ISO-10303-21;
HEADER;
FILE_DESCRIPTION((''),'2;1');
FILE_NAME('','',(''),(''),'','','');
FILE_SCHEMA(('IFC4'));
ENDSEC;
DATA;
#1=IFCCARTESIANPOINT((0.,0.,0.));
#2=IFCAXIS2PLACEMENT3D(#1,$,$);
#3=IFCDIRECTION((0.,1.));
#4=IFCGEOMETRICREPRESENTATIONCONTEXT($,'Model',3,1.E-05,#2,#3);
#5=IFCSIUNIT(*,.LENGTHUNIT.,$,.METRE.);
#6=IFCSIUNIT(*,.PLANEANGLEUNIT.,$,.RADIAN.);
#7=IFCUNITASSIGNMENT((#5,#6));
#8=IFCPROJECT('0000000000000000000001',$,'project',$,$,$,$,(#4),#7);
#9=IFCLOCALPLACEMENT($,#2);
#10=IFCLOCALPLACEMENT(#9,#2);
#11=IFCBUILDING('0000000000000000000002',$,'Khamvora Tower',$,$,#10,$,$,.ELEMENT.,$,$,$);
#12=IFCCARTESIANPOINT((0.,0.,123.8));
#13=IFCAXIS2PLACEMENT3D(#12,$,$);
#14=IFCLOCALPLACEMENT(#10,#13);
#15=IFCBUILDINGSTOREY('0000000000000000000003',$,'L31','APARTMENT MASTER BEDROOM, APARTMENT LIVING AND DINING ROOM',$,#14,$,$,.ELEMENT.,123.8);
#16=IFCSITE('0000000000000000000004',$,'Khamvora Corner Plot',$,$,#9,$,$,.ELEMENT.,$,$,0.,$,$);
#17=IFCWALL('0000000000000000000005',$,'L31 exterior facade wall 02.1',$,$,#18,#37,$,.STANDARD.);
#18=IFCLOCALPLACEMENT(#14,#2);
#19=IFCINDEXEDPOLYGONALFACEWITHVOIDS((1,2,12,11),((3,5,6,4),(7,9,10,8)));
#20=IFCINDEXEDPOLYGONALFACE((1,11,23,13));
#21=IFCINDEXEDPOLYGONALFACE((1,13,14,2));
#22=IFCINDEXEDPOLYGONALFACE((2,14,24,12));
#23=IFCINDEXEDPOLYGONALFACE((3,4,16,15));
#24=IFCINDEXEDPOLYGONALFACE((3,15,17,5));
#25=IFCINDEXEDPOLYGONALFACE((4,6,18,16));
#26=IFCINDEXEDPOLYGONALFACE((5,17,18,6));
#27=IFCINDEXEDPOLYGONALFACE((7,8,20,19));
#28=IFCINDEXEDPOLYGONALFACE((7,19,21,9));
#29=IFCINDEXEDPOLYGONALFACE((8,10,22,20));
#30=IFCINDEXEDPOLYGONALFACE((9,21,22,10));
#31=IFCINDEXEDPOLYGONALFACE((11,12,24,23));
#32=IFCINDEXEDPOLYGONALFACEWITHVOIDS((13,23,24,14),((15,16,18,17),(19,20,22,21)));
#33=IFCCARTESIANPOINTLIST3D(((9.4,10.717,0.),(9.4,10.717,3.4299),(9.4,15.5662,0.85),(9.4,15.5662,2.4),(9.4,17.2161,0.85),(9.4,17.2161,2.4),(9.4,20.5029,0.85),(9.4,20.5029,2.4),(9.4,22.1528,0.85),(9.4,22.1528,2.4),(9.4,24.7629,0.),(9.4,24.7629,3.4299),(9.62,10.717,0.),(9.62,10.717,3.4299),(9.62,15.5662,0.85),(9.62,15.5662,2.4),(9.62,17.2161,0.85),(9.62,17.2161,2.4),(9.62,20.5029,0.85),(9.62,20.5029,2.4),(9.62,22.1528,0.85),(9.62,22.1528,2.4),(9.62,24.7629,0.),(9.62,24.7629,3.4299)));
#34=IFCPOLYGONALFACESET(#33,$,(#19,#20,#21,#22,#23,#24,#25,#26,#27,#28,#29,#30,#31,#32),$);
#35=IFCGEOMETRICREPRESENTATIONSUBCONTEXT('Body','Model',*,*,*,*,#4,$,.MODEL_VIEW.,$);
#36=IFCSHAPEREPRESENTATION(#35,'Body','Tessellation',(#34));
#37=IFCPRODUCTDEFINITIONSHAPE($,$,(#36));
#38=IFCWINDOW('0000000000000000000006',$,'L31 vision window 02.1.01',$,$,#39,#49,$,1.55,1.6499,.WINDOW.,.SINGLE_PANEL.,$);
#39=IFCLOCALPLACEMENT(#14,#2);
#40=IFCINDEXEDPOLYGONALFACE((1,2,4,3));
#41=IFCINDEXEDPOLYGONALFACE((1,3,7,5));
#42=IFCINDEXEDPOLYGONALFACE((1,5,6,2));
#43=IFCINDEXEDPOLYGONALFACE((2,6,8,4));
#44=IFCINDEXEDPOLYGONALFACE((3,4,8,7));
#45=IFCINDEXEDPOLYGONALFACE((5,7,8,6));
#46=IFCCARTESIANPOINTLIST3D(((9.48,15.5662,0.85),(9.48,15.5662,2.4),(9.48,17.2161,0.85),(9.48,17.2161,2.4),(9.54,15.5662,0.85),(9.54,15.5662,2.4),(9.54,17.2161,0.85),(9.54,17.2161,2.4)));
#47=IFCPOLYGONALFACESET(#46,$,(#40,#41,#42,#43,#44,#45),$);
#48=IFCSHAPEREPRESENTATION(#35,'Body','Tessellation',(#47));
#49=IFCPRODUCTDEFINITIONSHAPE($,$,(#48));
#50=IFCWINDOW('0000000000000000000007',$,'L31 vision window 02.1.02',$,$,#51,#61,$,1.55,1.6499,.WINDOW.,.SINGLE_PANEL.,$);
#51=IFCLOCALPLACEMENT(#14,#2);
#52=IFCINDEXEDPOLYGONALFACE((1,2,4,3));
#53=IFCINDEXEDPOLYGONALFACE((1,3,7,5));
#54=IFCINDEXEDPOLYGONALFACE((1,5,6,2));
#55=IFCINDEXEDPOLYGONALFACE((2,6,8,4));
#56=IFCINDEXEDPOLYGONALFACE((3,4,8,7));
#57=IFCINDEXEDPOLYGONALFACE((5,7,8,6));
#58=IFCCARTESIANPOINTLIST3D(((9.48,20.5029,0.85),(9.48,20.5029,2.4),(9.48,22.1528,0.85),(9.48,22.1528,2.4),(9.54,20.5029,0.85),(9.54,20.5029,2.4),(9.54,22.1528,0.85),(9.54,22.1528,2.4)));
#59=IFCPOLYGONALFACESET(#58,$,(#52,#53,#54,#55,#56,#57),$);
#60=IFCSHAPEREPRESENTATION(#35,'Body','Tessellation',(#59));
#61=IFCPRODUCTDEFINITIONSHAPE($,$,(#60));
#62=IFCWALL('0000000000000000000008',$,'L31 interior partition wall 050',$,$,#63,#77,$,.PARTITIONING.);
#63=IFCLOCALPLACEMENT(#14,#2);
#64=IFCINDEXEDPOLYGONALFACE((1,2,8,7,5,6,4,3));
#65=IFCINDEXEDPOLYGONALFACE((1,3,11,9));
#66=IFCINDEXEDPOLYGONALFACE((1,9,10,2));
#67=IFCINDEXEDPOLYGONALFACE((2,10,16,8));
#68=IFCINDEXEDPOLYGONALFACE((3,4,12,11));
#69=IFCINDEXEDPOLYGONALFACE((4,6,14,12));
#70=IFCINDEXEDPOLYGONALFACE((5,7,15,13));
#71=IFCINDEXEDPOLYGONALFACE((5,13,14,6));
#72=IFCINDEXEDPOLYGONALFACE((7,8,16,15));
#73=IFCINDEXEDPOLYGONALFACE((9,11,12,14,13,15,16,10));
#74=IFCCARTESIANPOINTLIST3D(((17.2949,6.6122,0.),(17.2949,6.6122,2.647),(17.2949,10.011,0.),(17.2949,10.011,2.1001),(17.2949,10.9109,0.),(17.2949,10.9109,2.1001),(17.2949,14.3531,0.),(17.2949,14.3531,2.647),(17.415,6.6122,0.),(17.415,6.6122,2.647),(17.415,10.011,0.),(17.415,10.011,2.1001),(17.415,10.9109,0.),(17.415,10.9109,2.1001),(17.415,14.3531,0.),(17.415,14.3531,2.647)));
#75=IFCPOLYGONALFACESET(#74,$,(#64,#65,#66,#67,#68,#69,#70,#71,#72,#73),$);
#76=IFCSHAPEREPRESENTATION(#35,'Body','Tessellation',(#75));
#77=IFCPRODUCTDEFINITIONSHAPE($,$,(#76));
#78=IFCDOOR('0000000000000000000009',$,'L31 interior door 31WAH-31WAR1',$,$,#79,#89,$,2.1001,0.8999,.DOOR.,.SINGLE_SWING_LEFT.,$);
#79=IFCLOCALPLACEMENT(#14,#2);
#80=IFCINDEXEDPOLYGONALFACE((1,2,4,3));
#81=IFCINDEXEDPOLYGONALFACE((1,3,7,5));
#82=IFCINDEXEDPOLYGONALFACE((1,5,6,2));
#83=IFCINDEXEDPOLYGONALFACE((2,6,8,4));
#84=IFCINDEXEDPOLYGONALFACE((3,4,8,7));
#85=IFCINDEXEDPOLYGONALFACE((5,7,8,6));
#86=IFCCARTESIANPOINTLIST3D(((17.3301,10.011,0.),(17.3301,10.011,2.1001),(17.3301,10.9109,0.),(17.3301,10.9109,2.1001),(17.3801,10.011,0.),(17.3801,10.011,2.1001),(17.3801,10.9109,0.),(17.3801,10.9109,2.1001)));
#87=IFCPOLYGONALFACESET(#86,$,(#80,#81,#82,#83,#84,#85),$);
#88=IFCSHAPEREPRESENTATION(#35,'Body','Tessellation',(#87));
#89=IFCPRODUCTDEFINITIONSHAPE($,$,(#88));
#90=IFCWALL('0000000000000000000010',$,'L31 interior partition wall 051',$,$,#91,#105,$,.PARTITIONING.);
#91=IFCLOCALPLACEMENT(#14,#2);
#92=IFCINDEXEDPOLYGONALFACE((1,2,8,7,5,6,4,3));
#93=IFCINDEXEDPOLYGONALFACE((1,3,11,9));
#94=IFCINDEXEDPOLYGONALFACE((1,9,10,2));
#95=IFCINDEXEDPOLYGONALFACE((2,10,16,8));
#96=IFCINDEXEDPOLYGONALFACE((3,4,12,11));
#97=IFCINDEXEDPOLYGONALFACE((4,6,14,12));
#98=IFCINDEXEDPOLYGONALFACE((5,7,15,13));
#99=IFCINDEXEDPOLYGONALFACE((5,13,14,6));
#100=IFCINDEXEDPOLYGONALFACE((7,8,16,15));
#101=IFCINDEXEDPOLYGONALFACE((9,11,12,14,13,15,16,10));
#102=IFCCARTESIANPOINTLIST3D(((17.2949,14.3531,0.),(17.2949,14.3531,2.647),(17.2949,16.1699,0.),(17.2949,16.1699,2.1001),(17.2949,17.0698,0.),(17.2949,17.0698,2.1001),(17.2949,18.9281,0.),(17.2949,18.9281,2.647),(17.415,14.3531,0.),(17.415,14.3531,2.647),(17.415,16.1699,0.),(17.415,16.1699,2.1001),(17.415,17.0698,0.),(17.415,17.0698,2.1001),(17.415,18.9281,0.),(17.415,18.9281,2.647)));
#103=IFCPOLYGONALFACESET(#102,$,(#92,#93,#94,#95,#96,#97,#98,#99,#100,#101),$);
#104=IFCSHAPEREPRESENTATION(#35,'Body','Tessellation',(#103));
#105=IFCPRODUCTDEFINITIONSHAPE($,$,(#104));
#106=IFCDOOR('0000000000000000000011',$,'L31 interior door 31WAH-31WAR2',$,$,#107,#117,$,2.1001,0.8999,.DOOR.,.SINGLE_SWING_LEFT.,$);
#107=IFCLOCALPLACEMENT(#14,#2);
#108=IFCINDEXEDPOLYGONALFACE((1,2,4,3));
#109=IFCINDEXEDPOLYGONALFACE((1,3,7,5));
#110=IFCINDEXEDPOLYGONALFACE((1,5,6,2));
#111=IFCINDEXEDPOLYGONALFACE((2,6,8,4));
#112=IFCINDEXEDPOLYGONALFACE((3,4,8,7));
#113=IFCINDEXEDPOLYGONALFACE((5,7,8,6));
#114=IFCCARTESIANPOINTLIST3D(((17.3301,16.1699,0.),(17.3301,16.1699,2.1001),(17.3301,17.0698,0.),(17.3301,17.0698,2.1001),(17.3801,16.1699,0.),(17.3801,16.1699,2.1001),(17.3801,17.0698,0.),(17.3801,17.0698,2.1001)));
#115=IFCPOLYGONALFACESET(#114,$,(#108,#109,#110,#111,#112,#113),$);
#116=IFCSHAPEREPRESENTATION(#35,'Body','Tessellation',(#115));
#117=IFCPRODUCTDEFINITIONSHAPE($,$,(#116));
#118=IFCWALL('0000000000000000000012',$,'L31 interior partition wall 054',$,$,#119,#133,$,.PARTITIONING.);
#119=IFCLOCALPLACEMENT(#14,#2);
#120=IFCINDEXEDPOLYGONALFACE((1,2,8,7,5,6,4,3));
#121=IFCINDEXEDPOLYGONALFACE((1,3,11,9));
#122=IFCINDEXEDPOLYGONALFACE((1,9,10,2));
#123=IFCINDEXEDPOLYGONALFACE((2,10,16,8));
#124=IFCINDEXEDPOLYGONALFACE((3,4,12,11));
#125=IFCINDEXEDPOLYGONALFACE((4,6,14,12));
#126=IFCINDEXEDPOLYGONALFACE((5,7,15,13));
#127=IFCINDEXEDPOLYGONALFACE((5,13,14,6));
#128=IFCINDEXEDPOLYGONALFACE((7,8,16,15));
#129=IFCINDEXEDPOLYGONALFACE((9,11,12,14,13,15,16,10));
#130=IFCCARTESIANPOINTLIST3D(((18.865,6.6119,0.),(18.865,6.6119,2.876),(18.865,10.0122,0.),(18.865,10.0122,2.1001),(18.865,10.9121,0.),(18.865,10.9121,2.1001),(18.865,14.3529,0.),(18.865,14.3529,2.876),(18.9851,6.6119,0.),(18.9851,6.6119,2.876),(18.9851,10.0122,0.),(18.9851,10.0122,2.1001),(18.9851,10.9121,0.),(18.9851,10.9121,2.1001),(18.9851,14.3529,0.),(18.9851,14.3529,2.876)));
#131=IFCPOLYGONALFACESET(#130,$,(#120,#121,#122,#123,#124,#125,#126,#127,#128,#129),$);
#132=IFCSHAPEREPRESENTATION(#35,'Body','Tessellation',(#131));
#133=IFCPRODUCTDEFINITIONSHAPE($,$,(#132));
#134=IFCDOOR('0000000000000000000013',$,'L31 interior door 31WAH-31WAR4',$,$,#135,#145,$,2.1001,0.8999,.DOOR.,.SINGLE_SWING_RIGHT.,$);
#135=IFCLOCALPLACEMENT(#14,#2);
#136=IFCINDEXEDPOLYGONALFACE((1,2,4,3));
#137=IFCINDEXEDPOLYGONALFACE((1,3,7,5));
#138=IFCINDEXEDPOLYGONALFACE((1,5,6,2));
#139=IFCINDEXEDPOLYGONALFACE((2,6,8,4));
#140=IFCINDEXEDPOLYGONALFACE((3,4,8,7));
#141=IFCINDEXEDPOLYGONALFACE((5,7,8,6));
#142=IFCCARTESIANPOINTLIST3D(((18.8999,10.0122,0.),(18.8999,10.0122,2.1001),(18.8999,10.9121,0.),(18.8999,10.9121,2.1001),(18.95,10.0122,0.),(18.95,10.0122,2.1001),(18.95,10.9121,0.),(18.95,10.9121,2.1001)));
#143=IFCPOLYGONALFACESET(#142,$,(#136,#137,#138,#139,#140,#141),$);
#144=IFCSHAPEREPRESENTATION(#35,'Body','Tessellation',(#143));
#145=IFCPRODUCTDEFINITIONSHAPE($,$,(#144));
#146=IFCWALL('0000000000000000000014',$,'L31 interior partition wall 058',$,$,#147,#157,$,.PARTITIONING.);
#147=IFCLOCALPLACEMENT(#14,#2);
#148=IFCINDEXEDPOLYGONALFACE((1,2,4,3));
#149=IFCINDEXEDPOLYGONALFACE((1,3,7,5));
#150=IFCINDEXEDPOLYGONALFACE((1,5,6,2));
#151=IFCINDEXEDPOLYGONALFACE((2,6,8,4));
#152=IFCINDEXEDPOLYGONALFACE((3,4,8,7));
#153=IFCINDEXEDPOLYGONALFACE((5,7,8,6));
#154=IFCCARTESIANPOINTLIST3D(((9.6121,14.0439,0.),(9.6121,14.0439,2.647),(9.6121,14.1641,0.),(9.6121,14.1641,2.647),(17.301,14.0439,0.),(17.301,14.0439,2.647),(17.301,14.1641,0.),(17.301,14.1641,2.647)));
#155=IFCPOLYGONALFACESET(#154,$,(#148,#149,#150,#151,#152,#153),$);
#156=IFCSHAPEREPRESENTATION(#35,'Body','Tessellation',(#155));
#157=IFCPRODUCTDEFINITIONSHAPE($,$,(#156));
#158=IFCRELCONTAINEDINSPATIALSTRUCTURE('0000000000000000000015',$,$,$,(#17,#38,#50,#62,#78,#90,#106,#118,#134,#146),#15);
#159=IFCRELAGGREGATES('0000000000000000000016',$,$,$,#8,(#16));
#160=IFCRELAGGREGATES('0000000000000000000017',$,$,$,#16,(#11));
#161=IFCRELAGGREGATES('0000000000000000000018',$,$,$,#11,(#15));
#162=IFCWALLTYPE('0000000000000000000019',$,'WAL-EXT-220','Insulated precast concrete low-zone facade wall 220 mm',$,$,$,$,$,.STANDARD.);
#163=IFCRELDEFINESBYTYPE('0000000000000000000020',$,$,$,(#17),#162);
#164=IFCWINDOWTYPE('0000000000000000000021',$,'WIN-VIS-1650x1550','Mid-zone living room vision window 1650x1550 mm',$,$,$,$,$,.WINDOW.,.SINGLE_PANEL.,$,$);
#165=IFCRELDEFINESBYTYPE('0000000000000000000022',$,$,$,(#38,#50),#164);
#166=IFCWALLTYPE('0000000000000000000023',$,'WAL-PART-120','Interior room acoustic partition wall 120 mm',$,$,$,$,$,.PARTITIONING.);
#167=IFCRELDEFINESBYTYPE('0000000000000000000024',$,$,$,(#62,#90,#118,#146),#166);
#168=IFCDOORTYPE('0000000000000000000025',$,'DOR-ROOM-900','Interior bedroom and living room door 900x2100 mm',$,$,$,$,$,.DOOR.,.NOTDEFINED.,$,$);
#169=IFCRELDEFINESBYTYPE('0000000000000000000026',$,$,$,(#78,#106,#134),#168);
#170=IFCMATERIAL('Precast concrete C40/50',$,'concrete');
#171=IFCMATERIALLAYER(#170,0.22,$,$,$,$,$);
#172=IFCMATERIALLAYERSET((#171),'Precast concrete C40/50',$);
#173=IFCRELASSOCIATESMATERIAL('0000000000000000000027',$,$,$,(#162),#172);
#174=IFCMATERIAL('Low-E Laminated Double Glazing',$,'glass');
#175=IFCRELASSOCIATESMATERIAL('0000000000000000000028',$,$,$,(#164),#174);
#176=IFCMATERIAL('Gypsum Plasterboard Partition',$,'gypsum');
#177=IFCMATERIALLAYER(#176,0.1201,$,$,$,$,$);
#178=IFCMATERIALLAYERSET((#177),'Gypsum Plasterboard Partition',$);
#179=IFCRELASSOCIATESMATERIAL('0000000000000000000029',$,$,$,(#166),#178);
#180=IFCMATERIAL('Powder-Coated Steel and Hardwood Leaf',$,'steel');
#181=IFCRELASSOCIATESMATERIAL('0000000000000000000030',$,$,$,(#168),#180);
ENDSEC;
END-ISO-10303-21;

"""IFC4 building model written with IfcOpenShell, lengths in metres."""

from ifc_helpers import new_model, si_unit, direction, frame, frame_2d, origin, place, context, subcontext, project, spatial, rectangle, extrude, material, layer, layer_set, type_object, element, fill, save


model = new_model("IFC4")

# Units and contexts
model_context = context("Model", 3, precision=1e-05, world=origin(), true_north=direction((0.0, 1.0)))
body_context = subcontext(model_context, "Body", "Model", "MODEL_VIEW")
ifc_project = project(units=[si_unit("LENGTHUNIT", "METRE"), si_unit("PLANEANGLEUNIT", "RADIAN")], contexts=[model_context])

# Site, building, storey
site_placement = place(None, origin())
site = spatial("IfcSite", under=ifc_project, at=site_placement, Name="Khamvora Corner Plot", CompositionType="ELEMENT", RefElevation=0.0)
building_placement = place(site_placement, origin())
building = spatial("IfcBuilding", under=site, at=building_placement, Name="Khamvora Tower", CompositionType="ELEMENT")
storey_placement = place(building_placement, frame((0.0, 0.0, 123.8)))
storey = spatial("IfcBuildingStorey", under=building, at=storey_placement, Name="L31", Description="APARTMENT MASTER BEDROOM, APARTMENT LIVING AND DINING ROOM", CompositionType="ELEMENT", Elevation=123.8)

# Shared definitions
ifc_material_1 = material(Name="Precast concrete C40/50", Category="concrete")
ifc_layer_1 = layer(ifc_material_1, 0.22)
ifc_layer_set_1 = layer_set([ifc_layer_1], Name="Precast concrete C40/50")
wall_type_1 = type_object("IfcWallType", Name="WAL-EXT-220", Description="Insulated precast concrete low-zone facade wall 220 mm", PredefinedType="STANDARD", material=ifc_layer_set_1)

# Wall, openings, windows
wall_1_placement = place(storey_placement, frame((9.51, 10.717, 0.0), z_axis=(0.0, 0.0, 1.0), x_axis=(0.0, 1.0, 0.0)))
wall_1 = element("IfcWall", 1, at=wall_1_placement, inside=storey, type_object=wall_type_1, Name="L31 exterior facade wall 02.1", PredefinedType="STANDARD", context=body_context, shape_type="SweptSolid", body=[
    extrude(rectangle(XDim=14.0459, YDim=0.22, at=frame_2d((7.0229, 0.0))), origin(), (0.0, 0.0, 1.0), 3.4299),
])
opening_1_placement = place(wall_1_placement, frame((4.8491, 0.0, 0.8501)))
opening_1 = element("IfcOpeningElement", 2, at=opening_1_placement, cuts=wall_1, PredefinedType="OPENING", context=body_context, shape_type="SweptSolid", body=[
    extrude(rectangle(XDim=1.6499, YDim=1.55, at=frame_2d((0.825, 0.7749))), frame((0.0, 0.1199, 0.0), z_axis=(0.0, -1.0, 0.0), x_axis=(1.0, 0.0, 0.0)), (0.0, 0.0, 1.0), 0.24),
])
opening_2_placement = place(wall_1_placement, frame((9.7859, 0.0, 0.8501)))
opening_2 = element("IfcOpeningElement", 3, at=opening_2_placement, cuts=wall_1, PredefinedType="OPENING", context=body_context, shape_type="SweptSolid", body=[
    extrude(rectangle(XDim=1.6499, YDim=1.55, at=frame_2d((0.825, 0.7749))), frame((0.0, 0.1199, 0.0), z_axis=(0.0, -1.0, 0.0), x_axis=(1.0, 0.0, 0.0)), (0.0, 0.0, 1.0), 0.24),
])
ifc_material_2 = material(Name="Low-E Laminated Double Glazing", Category="glass")
window_type = type_object("IfcWindowType", Name="WIN-VIS-1650x1550", Description="Mid-zone living room vision window 1650x1550 mm", PartitioningType="SINGLE_PANEL", PredefinedType="WINDOW", material=ifc_material_2)
window_1_placement = place(opening_1_placement, origin())
window_1 = element("IfcWindow", 4, at=window_1_placement, inside=storey, type_object=window_type, Name="L31 vision window 02.1.01", OverallHeight=1.55, OverallWidth=1.6499, PartitioningType="SINGLE_PANEL", PredefinedType="WINDOW", context=body_context, shape_type="SweptSolid", body=[
    extrude(rectangle(XDim=1.6499, YDim=1.55, at=frame_2d((0.825, 0.7749))), frame((0.0, 0.03, 0.0), z_axis=(0.0, -1.0, 0.0), x_axis=(1.0, 0.0, 0.0)), (0.0, 0.0, 1.0), 0.0601),
])
fill(opening_1, window_1)
window_2_placement = place(opening_2_placement, origin())
window_2 = element("IfcWindow", 5, at=window_2_placement, inside=storey, type_object=window_type, Name="L31 vision window 02.1.02", OverallHeight=1.55, OverallWidth=1.6499, PartitioningType="SINGLE_PANEL", PredefinedType="WINDOW", context=body_context, shape_type="SweptSolid", body=[
    extrude(rectangle(XDim=1.6499, YDim=1.55, at=frame_2d((0.825, 0.7749))), frame((0.0, 0.03, 0.0), z_axis=(0.0, -1.0, 0.0), x_axis=(1.0, 0.0, 0.0)), (0.0, 0.0, 1.0), 0.0601),
])
fill(opening_2, window_2)

# Walls, openings, doors
ifc_material_3 = material(Name="Gypsum Plasterboard Partition", Category="gypsum")
ifc_layer_2 = layer(ifc_material_3, 0.1201)
ifc_layer_set_2 = layer_set([ifc_layer_2], Name="Gypsum Plasterboard Partition")
wall_type_2 = type_object("IfcWallType", Name="WAL-PART-120", Description="Interior room acoustic partition wall 120 mm", PredefinedType="PARTITIONING", material=ifc_layer_set_2)
wall_2_placement = place(storey_placement, frame((17.355, 6.6121, 0.0), z_axis=(0.0, 0.0, 1.0), x_axis=(0.0, 1.0, 0.0)))
wall_2 = element("IfcWall", 6, at=wall_2_placement, inside=storey, type_object=wall_type_2, Name="L31 interior partition wall 050", PredefinedType="PARTITIONING", context=body_context, shape_type="SweptSolid", body=[
    extrude(rectangle(XDim=7.741, YDim=0.1201, at=frame_2d((3.8706, 0.0))), origin(), (0.0, 0.0, 1.0), 2.647),
])
opening_3_placement = place(wall_2_placement, frame((3.3989, 0.0, 0.0)))
opening_3 = element("IfcOpeningElement", 7, at=opening_3_placement, cuts=wall_2, PredefinedType="OPENING", context=body_context, shape_type="SweptSolid", body=[
    extrude(rectangle(XDim=0.8999, YDim=2.1001, at=frame_2d((0.45, 1.05))), frame((0.0, 0.0701, 0.0), z_axis=(0.0, -1.0, 0.0), x_axis=(1.0, 0.0, 0.0)), (0.0, 0.0, 1.0), 0.1401),
])
ifc_material_4 = material(Name="Powder-Coated Steel and Hardwood Leaf", Category="steel")
door_type = type_object("IfcDoorType", Name="DOR-ROOM-900", Description="Interior bedroom and living room door 900x2100 mm", OperationType="NOTDEFINED", PredefinedType="DOOR", material=ifc_material_4)
door_1_placement = place(opening_3_placement, origin())
door_1 = element("IfcDoor", 8, at=door_1_placement, inside=storey, type_object=door_type, Name="L31 interior door 31WAH-31WAR1", OperationType="SINGLE_SWING_LEFT", OverallHeight=2.1001, OverallWidth=0.8999, PredefinedType="DOOR", context=body_context, shape_type="SweptSolid", body=[
    extrude(rectangle(XDim=0.8999, YDim=2.1001, at=frame_2d((0.45, 1.05))), frame((0.0, 0.0249, 0.0), z_axis=(0.0, -1.0, 0.0), x_axis=(1.0, 0.0, 0.0)), (0.0, 0.0, 1.0), 0.05),
])
fill(opening_3, door_1)
wall_3_placement = place(storey_placement, frame((17.355, 14.353, 0.0), z_axis=(0.0, 0.0, 1.0), x_axis=(0.0, 1.0, 0.0)))
wall_3 = element("IfcWall", 9, at=wall_3_placement, inside=storey, type_object=wall_type_2, Name="L31 interior partition wall 051", PredefinedType="PARTITIONING", context=body_context, shape_type="SweptSolid", body=[
    extrude(rectangle(XDim=4.575, YDim=0.1201, at=frame_2d((2.2876, 0.0))), origin(), (0.0, 0.0, 1.0), 2.647),
])
opening_4_placement = place(wall_3_placement, frame((1.8169, 0.0, 0.0)))
opening_4 = element("IfcOpeningElement", 10, at=opening_4_placement, cuts=wall_3, PredefinedType="OPENING", context=body_context, shape_type="SweptSolid", body=[
    extrude(rectangle(XDim=0.8999, YDim=2.1001, at=frame_2d((0.45, 1.05))), frame((0.0, 0.0701, 0.0), z_axis=(0.0, -1.0, 0.0), x_axis=(1.0, 0.0, 0.0)), (0.0, 0.0, 1.0), 0.1401),
])
door_2_placement = place(opening_4_placement, origin())
door_2 = element("IfcDoor", 11, at=door_2_placement, inside=storey, type_object=door_type, Name="L31 interior door 31WAH-31WAR2", OperationType="SINGLE_SWING_LEFT", OverallHeight=2.1001, OverallWidth=0.8999, PredefinedType="DOOR", context=body_context, shape_type="SweptSolid", body=[
    extrude(rectangle(XDim=0.8999, YDim=2.1001, at=frame_2d((0.45, 1.05))), frame((0.0, 0.0249, 0.0), z_axis=(0.0, -1.0, 0.0), x_axis=(1.0, 0.0, 0.0)), (0.0, 0.0, 1.0), 0.05),
])
fill(opening_4, door_2)
wall_4_placement = place(storey_placement, frame((18.925, 14.353, 0.0), z_axis=(0.0, 0.0, 1.0), x_axis=(0.0, -1.0, 0.0)))
wall_4 = element("IfcWall", 12, at=wall_4_placement, inside=storey, type_object=wall_type_2, Name="L31 interior partition wall 054", PredefinedType="PARTITIONING", context=body_context, shape_type="SweptSolid", body=[
    extrude(rectangle(XDim=7.741, YDim=0.1201, at=frame_2d((3.8706, 0.0))), origin(), (0.0, 0.0, 1.0), 2.876),
])
opening_5_placement = place(wall_4_placement, frame((3.4409, 0.0, 0.0)))
opening_5 = element("IfcOpeningElement", 13, at=opening_5_placement, cuts=wall_4, PredefinedType="OPENING", context=body_context, shape_type="SweptSolid", body=[
    extrude(rectangle(XDim=0.8999, YDim=2.1001, at=frame_2d((0.45, 1.05))), frame((0.0, 0.0701, 0.0), z_axis=(0.0, -1.0, 0.0), x_axis=(1.0, 0.0, 0.0)), (0.0, 0.0, 1.0), 0.1401),
])
door_3_placement = place(opening_5_placement, origin())
door_3 = element("IfcDoor", 14, at=door_3_placement, inside=storey, type_object=door_type, Name="L31 interior door 31WAH-31WAR4", OperationType="SINGLE_SWING_RIGHT", OverallHeight=2.1001, OverallWidth=0.8999, PredefinedType="DOOR", context=body_context, shape_type="SweptSolid", body=[
    extrude(rectangle(XDim=0.8999, YDim=2.1001, at=frame_2d((0.45, 1.05))), frame((0.0, 0.0249, 0.0), z_axis=(0.0, -1.0, 0.0), x_axis=(1.0, 0.0, 0.0)), (0.0, 0.0, 1.0), 0.05),
])
fill(opening_5, door_3)

# Wall
wall_5_placement = place(storey_placement, frame((9.6121, 14.104, 0.0), z_axis=(0.0, 0.0, 1.0), x_axis=(1.0, 0.0, 0.0)))
element("IfcWall", 15, at=wall_5_placement, inside=storey, type_object=wall_type_2, Name="L31 interior partition wall 058", PredefinedType="PARTITIONING", context=body_context, shape_type="SweptSolid", body=[
    extrude(rectangle(XDim=7.689, YDim=0.1201, at=frame_2d((3.8445, 0.0))), origin(), (0.0, 0.0, 1.0), 2.647),
])

save(model, "model.ifc")
